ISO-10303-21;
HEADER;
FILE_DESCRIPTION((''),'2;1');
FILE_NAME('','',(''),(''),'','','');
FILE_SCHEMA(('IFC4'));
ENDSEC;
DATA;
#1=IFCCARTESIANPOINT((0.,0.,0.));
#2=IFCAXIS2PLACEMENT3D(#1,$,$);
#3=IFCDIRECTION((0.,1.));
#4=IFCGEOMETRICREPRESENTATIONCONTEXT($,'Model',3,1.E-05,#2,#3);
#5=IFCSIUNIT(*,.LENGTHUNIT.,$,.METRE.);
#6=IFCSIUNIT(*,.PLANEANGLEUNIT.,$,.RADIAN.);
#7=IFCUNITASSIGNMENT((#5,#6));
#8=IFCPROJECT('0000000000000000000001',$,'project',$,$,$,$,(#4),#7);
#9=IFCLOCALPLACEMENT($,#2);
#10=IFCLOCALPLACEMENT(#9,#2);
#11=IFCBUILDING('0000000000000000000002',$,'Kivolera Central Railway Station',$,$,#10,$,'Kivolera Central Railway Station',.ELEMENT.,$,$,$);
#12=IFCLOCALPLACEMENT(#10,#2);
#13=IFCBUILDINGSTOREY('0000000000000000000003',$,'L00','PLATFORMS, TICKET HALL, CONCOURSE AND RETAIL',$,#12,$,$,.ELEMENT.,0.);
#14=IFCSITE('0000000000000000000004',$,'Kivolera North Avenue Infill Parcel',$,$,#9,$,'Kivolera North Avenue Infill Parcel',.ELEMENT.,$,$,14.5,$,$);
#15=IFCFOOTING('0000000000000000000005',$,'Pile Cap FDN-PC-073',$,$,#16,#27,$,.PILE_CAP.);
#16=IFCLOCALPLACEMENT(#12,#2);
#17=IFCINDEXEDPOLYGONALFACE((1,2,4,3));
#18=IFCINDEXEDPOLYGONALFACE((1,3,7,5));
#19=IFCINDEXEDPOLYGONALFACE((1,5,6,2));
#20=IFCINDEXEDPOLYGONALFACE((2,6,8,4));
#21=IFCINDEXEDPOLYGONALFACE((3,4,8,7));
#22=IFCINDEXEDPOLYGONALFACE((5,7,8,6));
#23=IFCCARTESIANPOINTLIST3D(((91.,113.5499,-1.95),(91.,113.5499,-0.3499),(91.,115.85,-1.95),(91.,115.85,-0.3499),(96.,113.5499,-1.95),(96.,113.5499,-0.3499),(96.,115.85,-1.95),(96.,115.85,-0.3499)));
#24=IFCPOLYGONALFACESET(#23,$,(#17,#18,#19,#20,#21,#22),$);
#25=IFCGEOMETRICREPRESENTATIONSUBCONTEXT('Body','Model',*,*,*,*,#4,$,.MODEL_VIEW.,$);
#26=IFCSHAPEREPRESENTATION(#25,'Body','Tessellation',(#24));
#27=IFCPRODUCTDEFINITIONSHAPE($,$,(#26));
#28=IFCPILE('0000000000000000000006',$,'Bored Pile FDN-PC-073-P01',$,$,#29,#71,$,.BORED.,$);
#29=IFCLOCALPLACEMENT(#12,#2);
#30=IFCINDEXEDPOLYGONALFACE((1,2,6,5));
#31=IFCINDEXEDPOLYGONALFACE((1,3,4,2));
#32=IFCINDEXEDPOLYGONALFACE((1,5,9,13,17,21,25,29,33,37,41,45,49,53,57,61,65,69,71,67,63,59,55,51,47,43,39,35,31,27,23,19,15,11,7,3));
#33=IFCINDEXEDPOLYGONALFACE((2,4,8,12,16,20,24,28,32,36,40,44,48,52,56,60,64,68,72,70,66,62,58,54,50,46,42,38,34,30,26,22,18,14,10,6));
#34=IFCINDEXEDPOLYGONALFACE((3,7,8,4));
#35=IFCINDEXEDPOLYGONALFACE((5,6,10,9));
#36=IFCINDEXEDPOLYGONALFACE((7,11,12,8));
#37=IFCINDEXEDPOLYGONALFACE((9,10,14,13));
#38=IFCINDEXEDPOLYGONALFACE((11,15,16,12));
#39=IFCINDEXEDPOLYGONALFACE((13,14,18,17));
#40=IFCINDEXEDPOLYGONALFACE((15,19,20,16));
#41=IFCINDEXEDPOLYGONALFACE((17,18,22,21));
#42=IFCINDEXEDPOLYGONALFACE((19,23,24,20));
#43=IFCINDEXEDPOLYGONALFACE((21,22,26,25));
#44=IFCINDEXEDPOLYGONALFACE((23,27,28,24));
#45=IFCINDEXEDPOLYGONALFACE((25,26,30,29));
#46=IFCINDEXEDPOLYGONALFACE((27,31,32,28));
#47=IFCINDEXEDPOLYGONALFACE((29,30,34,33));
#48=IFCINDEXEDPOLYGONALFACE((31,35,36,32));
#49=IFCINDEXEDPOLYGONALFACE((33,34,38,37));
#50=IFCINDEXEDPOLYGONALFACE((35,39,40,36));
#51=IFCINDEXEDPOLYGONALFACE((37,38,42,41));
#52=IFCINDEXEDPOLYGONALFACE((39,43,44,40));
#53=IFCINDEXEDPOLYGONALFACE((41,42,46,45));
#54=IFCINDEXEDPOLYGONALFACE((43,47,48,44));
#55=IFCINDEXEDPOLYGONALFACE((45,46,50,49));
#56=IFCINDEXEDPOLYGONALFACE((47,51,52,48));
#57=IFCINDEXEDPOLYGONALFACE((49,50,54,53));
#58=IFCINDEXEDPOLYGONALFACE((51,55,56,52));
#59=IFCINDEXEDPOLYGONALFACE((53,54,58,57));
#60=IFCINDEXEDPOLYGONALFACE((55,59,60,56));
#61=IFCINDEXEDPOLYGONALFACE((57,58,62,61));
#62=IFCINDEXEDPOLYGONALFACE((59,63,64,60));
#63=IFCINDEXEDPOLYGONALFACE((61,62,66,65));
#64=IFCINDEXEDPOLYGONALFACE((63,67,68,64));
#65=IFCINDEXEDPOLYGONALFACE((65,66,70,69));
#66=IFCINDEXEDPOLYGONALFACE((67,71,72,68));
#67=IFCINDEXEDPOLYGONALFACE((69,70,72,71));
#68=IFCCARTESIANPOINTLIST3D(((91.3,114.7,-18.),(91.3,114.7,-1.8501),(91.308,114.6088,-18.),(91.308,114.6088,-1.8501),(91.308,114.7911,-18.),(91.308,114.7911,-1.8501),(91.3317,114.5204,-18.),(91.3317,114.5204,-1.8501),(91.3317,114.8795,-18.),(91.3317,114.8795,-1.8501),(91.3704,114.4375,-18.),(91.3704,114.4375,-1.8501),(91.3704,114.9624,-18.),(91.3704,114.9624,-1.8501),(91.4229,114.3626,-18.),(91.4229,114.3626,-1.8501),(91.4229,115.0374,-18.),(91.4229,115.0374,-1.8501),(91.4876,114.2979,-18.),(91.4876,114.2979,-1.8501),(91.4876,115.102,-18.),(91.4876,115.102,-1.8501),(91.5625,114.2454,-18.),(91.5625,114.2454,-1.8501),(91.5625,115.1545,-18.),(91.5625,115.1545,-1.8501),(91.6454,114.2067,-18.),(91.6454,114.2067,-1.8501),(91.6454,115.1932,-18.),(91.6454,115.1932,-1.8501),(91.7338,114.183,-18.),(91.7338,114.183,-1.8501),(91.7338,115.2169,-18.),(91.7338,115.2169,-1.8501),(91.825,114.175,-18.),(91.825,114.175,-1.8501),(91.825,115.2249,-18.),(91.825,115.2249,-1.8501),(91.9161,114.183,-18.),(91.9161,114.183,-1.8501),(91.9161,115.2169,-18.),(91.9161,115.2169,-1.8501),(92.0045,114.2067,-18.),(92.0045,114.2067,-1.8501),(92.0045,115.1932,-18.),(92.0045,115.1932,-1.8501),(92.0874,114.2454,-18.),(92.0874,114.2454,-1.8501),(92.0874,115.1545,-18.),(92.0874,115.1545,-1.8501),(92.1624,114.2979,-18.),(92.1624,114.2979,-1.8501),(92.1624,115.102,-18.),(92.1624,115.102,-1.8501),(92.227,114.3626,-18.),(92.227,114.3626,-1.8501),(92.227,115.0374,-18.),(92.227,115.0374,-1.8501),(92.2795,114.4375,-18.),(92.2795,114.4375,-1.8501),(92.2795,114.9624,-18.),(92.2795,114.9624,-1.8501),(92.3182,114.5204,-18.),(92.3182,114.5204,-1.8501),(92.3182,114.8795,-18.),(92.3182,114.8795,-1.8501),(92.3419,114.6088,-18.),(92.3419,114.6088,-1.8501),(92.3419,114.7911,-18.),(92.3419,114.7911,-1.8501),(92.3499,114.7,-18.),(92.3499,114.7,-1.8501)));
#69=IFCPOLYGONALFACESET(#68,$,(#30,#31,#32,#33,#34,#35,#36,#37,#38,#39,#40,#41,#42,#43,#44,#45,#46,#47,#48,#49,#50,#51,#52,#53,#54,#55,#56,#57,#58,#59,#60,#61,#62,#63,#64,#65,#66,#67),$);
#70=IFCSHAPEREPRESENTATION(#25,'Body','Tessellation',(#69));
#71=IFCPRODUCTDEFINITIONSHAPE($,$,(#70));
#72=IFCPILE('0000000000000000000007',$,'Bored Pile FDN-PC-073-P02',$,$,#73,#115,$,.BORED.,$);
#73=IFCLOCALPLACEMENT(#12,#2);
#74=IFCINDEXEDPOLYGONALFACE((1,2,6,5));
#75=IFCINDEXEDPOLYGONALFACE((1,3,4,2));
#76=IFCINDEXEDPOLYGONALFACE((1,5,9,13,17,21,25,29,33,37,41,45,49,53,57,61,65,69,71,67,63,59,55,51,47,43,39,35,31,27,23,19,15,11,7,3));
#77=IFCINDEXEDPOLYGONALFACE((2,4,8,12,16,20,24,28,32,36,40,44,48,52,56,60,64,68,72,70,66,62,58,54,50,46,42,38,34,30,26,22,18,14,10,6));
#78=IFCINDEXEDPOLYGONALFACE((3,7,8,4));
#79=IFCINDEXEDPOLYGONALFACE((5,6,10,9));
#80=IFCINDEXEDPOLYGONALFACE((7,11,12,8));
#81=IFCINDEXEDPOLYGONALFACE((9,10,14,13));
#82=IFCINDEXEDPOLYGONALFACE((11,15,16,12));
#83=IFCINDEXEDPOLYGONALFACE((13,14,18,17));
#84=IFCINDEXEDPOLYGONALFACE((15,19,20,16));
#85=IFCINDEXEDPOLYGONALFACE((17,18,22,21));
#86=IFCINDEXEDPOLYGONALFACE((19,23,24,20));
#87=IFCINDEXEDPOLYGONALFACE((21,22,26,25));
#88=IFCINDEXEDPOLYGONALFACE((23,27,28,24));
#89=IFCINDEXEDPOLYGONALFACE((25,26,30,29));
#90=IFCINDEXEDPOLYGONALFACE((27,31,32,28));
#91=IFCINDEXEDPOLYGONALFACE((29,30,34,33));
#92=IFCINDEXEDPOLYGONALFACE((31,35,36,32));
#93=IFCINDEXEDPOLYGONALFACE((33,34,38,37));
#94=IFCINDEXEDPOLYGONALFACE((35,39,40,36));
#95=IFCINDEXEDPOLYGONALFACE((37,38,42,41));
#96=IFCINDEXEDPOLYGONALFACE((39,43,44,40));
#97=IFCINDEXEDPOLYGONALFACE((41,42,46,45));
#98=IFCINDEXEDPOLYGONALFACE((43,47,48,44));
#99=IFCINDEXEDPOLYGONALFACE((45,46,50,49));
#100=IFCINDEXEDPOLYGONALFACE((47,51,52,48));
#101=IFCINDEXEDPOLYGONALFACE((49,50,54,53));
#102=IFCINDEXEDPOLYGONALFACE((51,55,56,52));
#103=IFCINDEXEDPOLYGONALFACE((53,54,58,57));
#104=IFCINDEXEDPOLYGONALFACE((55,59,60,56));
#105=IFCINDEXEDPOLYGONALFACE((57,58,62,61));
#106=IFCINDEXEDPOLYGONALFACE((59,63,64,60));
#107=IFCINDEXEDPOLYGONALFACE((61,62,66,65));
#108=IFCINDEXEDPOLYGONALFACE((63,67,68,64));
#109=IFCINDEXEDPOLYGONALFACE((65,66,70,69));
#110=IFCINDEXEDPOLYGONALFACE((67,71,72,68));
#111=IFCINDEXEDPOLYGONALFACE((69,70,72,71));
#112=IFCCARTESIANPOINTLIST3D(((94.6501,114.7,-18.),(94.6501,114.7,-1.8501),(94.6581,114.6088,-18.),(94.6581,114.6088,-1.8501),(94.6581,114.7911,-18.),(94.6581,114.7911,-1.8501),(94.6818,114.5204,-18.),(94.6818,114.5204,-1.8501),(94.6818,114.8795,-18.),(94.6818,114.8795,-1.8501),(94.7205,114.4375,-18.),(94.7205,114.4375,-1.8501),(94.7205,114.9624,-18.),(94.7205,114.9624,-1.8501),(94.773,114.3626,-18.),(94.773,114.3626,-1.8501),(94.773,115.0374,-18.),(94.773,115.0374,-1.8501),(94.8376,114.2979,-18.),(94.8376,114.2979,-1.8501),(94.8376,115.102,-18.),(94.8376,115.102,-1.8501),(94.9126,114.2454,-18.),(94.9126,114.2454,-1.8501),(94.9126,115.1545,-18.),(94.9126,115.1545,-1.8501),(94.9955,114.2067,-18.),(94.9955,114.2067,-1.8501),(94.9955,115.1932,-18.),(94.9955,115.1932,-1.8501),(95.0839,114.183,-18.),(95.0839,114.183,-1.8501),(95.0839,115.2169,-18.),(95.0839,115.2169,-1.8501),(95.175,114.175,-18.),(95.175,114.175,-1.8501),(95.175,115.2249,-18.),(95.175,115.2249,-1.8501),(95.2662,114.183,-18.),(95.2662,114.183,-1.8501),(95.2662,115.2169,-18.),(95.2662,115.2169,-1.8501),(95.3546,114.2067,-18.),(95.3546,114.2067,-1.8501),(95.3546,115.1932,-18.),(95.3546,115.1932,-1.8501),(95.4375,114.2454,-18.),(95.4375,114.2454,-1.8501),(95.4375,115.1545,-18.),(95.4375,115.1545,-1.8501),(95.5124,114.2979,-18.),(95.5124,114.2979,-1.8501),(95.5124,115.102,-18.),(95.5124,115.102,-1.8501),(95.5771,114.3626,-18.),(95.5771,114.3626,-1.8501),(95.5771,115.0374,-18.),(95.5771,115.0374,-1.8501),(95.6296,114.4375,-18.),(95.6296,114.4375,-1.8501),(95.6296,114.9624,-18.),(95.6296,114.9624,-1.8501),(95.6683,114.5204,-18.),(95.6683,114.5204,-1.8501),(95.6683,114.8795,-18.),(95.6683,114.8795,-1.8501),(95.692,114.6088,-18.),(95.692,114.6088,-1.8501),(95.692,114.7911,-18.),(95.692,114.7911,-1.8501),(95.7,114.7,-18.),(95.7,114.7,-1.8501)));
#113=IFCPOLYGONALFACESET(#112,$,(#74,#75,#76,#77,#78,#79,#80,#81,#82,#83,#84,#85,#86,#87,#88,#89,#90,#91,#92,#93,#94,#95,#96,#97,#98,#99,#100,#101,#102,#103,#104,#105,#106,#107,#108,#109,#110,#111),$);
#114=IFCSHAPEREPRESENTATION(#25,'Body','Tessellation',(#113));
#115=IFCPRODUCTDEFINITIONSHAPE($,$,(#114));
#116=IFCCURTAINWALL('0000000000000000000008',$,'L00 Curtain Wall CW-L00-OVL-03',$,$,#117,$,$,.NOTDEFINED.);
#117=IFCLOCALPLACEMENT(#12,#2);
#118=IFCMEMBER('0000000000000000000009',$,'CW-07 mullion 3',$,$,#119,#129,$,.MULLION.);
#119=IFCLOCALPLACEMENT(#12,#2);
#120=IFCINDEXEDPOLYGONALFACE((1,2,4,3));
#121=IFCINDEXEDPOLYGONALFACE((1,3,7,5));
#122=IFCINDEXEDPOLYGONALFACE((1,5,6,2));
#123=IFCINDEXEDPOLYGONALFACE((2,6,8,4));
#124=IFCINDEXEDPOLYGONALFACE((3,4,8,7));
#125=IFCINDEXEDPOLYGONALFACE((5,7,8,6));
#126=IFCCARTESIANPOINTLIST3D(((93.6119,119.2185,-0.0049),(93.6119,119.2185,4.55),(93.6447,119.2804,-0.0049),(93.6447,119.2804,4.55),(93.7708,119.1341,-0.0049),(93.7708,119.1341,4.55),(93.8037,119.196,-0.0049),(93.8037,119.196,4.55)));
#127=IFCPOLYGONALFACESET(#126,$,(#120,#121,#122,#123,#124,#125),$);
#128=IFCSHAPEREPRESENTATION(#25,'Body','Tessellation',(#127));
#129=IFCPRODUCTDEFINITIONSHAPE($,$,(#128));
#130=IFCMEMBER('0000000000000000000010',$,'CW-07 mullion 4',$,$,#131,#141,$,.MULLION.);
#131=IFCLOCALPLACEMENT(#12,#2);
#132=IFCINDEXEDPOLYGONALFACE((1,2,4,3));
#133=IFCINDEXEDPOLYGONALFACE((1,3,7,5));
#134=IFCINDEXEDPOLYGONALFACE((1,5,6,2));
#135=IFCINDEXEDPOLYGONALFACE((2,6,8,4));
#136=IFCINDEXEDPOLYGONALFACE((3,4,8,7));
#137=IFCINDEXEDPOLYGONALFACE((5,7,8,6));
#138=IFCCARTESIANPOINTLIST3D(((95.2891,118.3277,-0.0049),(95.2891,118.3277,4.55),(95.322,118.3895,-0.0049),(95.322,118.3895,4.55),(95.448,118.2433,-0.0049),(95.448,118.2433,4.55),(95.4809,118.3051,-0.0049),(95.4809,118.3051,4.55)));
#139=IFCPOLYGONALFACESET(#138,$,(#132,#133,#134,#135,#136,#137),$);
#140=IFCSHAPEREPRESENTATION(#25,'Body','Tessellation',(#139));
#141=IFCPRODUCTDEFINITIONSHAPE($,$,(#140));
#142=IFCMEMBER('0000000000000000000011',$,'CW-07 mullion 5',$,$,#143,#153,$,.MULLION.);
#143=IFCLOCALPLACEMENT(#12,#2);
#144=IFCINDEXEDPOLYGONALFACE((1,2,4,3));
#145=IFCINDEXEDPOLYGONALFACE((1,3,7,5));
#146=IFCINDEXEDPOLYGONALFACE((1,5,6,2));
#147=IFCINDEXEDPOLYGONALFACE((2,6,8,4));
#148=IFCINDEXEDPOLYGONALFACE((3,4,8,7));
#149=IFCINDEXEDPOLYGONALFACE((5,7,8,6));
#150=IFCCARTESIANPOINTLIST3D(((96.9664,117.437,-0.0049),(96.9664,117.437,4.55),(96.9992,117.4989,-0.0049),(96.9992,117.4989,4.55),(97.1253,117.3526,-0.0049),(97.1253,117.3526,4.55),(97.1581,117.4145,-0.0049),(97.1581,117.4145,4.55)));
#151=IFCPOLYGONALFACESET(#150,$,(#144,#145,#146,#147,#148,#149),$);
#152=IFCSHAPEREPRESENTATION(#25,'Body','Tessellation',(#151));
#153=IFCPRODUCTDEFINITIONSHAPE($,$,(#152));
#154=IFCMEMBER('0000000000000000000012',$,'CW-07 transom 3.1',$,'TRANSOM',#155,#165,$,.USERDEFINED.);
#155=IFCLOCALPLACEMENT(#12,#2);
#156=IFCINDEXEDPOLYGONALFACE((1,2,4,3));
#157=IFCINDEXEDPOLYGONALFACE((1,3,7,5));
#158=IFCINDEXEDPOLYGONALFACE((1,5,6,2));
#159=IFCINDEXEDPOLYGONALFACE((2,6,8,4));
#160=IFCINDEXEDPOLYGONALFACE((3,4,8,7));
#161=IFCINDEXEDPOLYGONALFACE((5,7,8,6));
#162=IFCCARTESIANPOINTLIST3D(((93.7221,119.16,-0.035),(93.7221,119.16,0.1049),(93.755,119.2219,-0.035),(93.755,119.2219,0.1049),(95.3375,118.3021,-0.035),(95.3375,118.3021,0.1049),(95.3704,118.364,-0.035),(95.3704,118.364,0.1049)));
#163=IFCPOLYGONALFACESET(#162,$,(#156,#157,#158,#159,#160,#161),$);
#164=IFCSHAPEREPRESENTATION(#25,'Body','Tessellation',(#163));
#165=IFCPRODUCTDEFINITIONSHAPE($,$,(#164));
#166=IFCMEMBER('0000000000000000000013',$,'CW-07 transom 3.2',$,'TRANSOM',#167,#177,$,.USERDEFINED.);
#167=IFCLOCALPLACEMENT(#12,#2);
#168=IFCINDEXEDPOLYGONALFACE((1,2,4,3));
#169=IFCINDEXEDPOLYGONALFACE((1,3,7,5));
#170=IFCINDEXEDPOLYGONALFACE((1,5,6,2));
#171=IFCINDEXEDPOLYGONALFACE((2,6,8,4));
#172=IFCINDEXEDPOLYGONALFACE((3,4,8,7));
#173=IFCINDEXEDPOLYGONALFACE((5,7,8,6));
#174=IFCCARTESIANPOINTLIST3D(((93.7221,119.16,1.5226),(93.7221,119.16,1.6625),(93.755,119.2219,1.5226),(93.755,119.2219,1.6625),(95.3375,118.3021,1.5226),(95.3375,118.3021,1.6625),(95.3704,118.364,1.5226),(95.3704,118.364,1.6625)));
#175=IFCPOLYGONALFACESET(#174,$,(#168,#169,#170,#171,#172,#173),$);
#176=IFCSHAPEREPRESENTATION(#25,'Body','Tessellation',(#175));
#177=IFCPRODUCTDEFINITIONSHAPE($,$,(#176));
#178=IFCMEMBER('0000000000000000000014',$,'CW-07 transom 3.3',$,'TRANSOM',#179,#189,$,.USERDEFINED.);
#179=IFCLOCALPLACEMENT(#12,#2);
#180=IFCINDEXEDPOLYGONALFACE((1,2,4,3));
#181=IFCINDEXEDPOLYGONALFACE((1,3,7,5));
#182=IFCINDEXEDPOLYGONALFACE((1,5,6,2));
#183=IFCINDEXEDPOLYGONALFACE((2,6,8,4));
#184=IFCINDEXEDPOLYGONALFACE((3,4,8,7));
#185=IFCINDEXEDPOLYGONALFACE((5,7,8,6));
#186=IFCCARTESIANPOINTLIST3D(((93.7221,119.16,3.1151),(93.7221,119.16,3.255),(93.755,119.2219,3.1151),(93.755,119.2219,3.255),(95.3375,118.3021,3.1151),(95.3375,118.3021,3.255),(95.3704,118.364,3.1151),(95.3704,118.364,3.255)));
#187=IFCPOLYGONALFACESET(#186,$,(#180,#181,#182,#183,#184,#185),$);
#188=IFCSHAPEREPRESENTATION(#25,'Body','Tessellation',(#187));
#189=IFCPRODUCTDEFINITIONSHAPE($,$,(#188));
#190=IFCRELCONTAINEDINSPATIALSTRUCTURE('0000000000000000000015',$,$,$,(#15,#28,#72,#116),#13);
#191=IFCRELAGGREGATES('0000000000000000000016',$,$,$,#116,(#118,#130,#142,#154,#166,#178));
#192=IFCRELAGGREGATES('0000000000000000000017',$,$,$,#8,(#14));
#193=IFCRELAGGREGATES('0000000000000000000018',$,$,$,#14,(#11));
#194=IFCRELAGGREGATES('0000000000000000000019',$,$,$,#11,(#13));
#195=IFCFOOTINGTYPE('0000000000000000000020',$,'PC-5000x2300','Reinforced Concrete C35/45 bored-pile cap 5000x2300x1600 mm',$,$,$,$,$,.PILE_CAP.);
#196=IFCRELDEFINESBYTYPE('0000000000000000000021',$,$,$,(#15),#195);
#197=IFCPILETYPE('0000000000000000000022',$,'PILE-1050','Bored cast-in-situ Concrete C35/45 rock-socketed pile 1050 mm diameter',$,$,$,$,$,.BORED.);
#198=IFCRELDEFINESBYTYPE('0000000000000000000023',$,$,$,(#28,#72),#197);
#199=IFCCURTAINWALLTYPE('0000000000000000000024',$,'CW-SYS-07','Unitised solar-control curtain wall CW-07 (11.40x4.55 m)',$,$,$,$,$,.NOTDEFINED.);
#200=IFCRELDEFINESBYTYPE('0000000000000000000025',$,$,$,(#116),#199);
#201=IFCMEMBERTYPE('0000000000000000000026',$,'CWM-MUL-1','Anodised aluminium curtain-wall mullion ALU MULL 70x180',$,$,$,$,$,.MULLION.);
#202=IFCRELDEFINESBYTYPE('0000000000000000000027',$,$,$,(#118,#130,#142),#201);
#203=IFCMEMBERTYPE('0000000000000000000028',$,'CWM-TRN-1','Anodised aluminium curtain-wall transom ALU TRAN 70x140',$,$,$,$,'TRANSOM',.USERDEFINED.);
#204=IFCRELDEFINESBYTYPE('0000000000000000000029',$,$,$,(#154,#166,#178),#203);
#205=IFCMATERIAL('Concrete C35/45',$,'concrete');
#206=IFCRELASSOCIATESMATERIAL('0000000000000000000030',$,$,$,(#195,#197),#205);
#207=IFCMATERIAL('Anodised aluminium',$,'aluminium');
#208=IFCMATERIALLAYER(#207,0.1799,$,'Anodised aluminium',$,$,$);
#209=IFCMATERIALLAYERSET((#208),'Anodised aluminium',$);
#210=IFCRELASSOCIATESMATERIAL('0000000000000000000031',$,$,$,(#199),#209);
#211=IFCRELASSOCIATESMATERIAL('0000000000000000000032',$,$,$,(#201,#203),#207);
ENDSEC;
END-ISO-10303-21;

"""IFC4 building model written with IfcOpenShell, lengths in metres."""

from ifc_helpers import new_model, si_unit, direction, frame, origin, origin_2d, place, context, subcontext, project, spatial, rectangle, circle, extrude, material, layer, layer_set, material_profile, profile_set, type_object, element, aggregate, save


model = new_model("IFC4")

# Units and contexts
model_context = context("Model", 3, precision=1e-05, world=origin(), true_north=direction((0.0, 1.0)))
body_context = subcontext(model_context, "Body", "Model", "MODEL_VIEW")
ifc_project = project(units=[si_unit("LENGTHUNIT", "METRE"), si_unit("PLANEANGLEUNIT", "RADIAN")], contexts=[model_context])

# Site, building, storey
site_placement = place(None, origin())
site = spatial("IfcSite", under=ifc_project, at=site_placement, Name="Kivolera North Avenue Infill Parcel", LongName="Kivolera North Avenue Infill Parcel", CompositionType="ELEMENT", RefElevation=14.5)
building_placement = place(site_placement, origin())
building = spatial("IfcBuilding", under=site, at=building_placement, Name="Kivolera Central Railway Station", LongName="Kivolera Central Railway Station", CompositionType="ELEMENT")
storey_placement = place(building_placement, origin())
storey = spatial("IfcBuildingStorey", under=building, at=storey_placement, Name="L00", Description="PLATFORMS, TICKET HALL, CONCOURSE AND RETAIL", CompositionType="ELEMENT", Elevation=0.0)

# Footing
ifc_material_1 = material(Name="Concrete C35/45", Category="concrete")
footing_type = type_object("IfcFootingType", Name="PC-5000x2300", Description="Reinforced Concrete C35/45 bored-pile cap 5000x2300x1600 mm", PredefinedType="PILE_CAP", material=ifc_material_1)
footing_placement = place(storey_placement, frame((93.5, 114.7, -1.95), z_axis=(0.0, 0.0, 1.0), x_axis=(1.0, 0.0, 0.0)))
element("IfcFooting", 1, at=footing_placement, inside=storey, type_object=footing_type, Name="Pile Cap FDN-PC-073", PredefinedType="PILE_CAP", context=body_context, shape_type="SweptSolid", body=[
    extrude(rectangle(XDim=5.0, YDim=2.3, at=origin_2d()), origin(), (0.0, 0.0, 1.0), 1.6001),
])

# Piles
ifc_material_profile_1 = material_profile(ifc_material_1, circle(Radius=0.5249, at=origin_2d()), Name="PILE D1050")
ifc_profile_set_1 = profile_set([ifc_material_profile_1], Name="Concrete C35/45")
pile_type = type_object("IfcPileType", Name="PILE-1050", Description="Bored cast-in-situ Concrete C35/45 rock-socketed pile 1050 mm diameter", PredefinedType="BORED", material=ifc_profile_set_1)
for number, where, z_axis, x_axis, name in (
    (2, (91.825, 114.7, -1.8501), (0.0, 0.0, -1.0), (1.0, 0.0, 0.0), "Bored Pile FDN-PC-073-P01"),
    (3, (95.175, 114.7, -1.8501), (0.0, 0.0, -1.0), (1.0, 0.0, 0.0), "Bored Pile FDN-PC-073-P02"),
):
    element("IfcPile", number, at=place(storey_placement, frame(where, z_axis=z_axis, x_axis=x_axis)), inside=storey, type_object=pile_type, Name=name, PredefinedType="BORED", context=body_context, shape_type="SweptSolid", body=[
        extrude(circle(Radius=0.5249, at=origin_2d()), origin(), (0.0, 0.0, 1.0), 16.1499),
    ])

# Curtain wall, members
ifc_material_2 = material(Name="Anodised aluminium", Category="aluminium")
ifc_layer_1 = layer(ifc_material_2, 0.1799, Name="Anodised aluminium")
ifc_layer_set_1 = layer_set([ifc_layer_1], Name="Anodised aluminium")
curtain_wall_type = type_object("IfcCurtainWallType", Name="CW-SYS-07", Description="Unitised solar-control curtain wall CW-07 (11.40x4.55 m)", PredefinedType="NOTDEFINED", material=ifc_layer_set_1)
curtain_wall_placement = place(storey_placement, origin())
curtain_wall = element("IfcCurtainWall", 4, at=curtain_wall_placement, inside=storey, type_object=curtain_wall_type, Name="L00 Curtain Wall CW-L00-OVL-03", PredefinedType="NOTDEFINED")
ifc_material_profile_2 = material_profile(ifc_material_2, rectangle(XDim=0.0701, YDim=0.1799, at=origin_2d()), Name="ALU MULL 70x180")
ifc_profile_set_2 = profile_set([ifc_material_profile_2], Name="Anodised aluminium")
member_type_1 = type_object("IfcMemberType", Name="CWM-MUL-1", Description="Anodised aluminium curtain-wall mullion ALU MULL 70x180", PredefinedType="MULLION", material=ifc_profile_set_2)
member_1_placement = place(storey_placement, frame((93.7078, 119.2073, -0.0049), z_axis=(0.0, 0.0, 1.0), x_axis=(0.469053, 0.88317, 0.0)))
member_1 = element("IfcMember", 5, at=member_1_placement, type_object=member_type_1, Name="CW-07 mullion 3", PredefinedType="MULLION", context=body_context, shape_type="SweptSolid", body=[
    extrude(rectangle(XDim=0.0701, YDim=0.1799, at=origin_2d()), origin(), (0.0, 0.0, 1.0), 4.5549),
])
member_2_placement = place(storey_placement, frame((95.385, 118.3164, -0.0049), z_axis=(0.0, 0.0, 1.0), x_axis=(0.469053, 0.88317, 0.0)))
member_2 = element("IfcMember", 6, at=member_2_placement, type_object=member_type_1, Name="CW-07 mullion 4", PredefinedType="MULLION", context=body_context, shape_type="SweptSolid", body=[
    extrude(rectangle(XDim=0.0701, YDim=0.1799, at=origin_2d()), origin(), (0.0, 0.0, 1.0), 4.5549),
])
member_3_placement = place(storey_placement, frame((97.0623, 117.4258, -0.0049), z_axis=(0.0, 0.0, 1.0), x_axis=(0.469053, 0.88317, 0.0)))
member_3 = element("IfcMember", 7, at=member_3_placement, type_object=member_type_1, Name="CW-07 mullion 5", PredefinedType="MULLION", context=body_context, shape_type="SweptSolid", body=[
    extrude(rectangle(XDim=0.0701, YDim=0.1799, at=origin_2d()), origin(), (0.0, 0.0, 1.0), 4.5549),
])
ifc_material_profile_3 = material_profile(ifc_material_2, rectangle(XDim=0.0701, YDim=0.1399, at=origin_2d()), Name="ALU TRAN 70x140")
ifc_profile_set_3 = profile_set([ifc_material_profile_3], Name="Anodised aluminium")
member_type_2 = type_object("IfcMemberType", Name="CWM-TRN-1", Description="Anodised aluminium curtain-wall transom ALU TRAN 70x140", ElementType="TRANSOM", PredefinedType="USERDEFINED", material=ifc_profile_set_3)
member_4_placement = place(storey_placement, frame((93.7385, 119.1909, 0.0349), z_axis=(0.883187, -0.469022, 0.0), x_axis=(0.469022, 0.883187, 0.0)))
member_4 = element("IfcMember", 8, at=member_4_placement, type_object=member_type_2, Name="CW-07 transom 3.1", ObjectType="TRANSOM", PredefinedType="USERDEFINED", context=body_context, shape_type="SweptSolid", body=[
    extrude(rectangle(XDim=0.0701, YDim=0.1399, at=origin_2d()), origin(), (0.0, 0.0, 1.0), 1.8291),
])
member_5_placement = place(storey_placement, frame((93.7385, 119.1909, 1.5925), z_axis=(0.883187, -0.469022, 0.0), x_axis=(0.469022, 0.883187, 0.0)))
member_5 = element("IfcMember", 9, at=member_5_placement, type_object=member_type_2, Name="CW-07 transom 3.2", ObjectType="TRANSOM", PredefinedType="USERDEFINED", context=body_context, shape_type="SweptSolid", body=[
    extrude(rectangle(XDim=0.0701, YDim=0.1399, at=origin_2d()), origin(), (0.0, 0.0, 1.0), 1.8291),
])
member_6_placement = place(storey_placement, frame((93.7385, 119.1909, 3.1851), z_axis=(0.883187, -0.469022, 0.0), x_axis=(0.469022, 0.883187, 0.0)))
member_6 = element("IfcMember", 10, at=member_6_placement, type_object=member_type_2, Name="CW-07 transom 3.3", ObjectType="TRANSOM", PredefinedType="USERDEFINED", context=body_context, shape_type="SweptSolid", body=[
    extrude(rectangle(XDim=0.0701, YDim=0.1399, at=origin_2d()), origin(), (0.0, 0.0, 1.0), 1.8291),
])
aggregate(curtain_wall, [member_1, member_2, member_3, member_4, member_5, member_6])

save(model, "model.ifc")
